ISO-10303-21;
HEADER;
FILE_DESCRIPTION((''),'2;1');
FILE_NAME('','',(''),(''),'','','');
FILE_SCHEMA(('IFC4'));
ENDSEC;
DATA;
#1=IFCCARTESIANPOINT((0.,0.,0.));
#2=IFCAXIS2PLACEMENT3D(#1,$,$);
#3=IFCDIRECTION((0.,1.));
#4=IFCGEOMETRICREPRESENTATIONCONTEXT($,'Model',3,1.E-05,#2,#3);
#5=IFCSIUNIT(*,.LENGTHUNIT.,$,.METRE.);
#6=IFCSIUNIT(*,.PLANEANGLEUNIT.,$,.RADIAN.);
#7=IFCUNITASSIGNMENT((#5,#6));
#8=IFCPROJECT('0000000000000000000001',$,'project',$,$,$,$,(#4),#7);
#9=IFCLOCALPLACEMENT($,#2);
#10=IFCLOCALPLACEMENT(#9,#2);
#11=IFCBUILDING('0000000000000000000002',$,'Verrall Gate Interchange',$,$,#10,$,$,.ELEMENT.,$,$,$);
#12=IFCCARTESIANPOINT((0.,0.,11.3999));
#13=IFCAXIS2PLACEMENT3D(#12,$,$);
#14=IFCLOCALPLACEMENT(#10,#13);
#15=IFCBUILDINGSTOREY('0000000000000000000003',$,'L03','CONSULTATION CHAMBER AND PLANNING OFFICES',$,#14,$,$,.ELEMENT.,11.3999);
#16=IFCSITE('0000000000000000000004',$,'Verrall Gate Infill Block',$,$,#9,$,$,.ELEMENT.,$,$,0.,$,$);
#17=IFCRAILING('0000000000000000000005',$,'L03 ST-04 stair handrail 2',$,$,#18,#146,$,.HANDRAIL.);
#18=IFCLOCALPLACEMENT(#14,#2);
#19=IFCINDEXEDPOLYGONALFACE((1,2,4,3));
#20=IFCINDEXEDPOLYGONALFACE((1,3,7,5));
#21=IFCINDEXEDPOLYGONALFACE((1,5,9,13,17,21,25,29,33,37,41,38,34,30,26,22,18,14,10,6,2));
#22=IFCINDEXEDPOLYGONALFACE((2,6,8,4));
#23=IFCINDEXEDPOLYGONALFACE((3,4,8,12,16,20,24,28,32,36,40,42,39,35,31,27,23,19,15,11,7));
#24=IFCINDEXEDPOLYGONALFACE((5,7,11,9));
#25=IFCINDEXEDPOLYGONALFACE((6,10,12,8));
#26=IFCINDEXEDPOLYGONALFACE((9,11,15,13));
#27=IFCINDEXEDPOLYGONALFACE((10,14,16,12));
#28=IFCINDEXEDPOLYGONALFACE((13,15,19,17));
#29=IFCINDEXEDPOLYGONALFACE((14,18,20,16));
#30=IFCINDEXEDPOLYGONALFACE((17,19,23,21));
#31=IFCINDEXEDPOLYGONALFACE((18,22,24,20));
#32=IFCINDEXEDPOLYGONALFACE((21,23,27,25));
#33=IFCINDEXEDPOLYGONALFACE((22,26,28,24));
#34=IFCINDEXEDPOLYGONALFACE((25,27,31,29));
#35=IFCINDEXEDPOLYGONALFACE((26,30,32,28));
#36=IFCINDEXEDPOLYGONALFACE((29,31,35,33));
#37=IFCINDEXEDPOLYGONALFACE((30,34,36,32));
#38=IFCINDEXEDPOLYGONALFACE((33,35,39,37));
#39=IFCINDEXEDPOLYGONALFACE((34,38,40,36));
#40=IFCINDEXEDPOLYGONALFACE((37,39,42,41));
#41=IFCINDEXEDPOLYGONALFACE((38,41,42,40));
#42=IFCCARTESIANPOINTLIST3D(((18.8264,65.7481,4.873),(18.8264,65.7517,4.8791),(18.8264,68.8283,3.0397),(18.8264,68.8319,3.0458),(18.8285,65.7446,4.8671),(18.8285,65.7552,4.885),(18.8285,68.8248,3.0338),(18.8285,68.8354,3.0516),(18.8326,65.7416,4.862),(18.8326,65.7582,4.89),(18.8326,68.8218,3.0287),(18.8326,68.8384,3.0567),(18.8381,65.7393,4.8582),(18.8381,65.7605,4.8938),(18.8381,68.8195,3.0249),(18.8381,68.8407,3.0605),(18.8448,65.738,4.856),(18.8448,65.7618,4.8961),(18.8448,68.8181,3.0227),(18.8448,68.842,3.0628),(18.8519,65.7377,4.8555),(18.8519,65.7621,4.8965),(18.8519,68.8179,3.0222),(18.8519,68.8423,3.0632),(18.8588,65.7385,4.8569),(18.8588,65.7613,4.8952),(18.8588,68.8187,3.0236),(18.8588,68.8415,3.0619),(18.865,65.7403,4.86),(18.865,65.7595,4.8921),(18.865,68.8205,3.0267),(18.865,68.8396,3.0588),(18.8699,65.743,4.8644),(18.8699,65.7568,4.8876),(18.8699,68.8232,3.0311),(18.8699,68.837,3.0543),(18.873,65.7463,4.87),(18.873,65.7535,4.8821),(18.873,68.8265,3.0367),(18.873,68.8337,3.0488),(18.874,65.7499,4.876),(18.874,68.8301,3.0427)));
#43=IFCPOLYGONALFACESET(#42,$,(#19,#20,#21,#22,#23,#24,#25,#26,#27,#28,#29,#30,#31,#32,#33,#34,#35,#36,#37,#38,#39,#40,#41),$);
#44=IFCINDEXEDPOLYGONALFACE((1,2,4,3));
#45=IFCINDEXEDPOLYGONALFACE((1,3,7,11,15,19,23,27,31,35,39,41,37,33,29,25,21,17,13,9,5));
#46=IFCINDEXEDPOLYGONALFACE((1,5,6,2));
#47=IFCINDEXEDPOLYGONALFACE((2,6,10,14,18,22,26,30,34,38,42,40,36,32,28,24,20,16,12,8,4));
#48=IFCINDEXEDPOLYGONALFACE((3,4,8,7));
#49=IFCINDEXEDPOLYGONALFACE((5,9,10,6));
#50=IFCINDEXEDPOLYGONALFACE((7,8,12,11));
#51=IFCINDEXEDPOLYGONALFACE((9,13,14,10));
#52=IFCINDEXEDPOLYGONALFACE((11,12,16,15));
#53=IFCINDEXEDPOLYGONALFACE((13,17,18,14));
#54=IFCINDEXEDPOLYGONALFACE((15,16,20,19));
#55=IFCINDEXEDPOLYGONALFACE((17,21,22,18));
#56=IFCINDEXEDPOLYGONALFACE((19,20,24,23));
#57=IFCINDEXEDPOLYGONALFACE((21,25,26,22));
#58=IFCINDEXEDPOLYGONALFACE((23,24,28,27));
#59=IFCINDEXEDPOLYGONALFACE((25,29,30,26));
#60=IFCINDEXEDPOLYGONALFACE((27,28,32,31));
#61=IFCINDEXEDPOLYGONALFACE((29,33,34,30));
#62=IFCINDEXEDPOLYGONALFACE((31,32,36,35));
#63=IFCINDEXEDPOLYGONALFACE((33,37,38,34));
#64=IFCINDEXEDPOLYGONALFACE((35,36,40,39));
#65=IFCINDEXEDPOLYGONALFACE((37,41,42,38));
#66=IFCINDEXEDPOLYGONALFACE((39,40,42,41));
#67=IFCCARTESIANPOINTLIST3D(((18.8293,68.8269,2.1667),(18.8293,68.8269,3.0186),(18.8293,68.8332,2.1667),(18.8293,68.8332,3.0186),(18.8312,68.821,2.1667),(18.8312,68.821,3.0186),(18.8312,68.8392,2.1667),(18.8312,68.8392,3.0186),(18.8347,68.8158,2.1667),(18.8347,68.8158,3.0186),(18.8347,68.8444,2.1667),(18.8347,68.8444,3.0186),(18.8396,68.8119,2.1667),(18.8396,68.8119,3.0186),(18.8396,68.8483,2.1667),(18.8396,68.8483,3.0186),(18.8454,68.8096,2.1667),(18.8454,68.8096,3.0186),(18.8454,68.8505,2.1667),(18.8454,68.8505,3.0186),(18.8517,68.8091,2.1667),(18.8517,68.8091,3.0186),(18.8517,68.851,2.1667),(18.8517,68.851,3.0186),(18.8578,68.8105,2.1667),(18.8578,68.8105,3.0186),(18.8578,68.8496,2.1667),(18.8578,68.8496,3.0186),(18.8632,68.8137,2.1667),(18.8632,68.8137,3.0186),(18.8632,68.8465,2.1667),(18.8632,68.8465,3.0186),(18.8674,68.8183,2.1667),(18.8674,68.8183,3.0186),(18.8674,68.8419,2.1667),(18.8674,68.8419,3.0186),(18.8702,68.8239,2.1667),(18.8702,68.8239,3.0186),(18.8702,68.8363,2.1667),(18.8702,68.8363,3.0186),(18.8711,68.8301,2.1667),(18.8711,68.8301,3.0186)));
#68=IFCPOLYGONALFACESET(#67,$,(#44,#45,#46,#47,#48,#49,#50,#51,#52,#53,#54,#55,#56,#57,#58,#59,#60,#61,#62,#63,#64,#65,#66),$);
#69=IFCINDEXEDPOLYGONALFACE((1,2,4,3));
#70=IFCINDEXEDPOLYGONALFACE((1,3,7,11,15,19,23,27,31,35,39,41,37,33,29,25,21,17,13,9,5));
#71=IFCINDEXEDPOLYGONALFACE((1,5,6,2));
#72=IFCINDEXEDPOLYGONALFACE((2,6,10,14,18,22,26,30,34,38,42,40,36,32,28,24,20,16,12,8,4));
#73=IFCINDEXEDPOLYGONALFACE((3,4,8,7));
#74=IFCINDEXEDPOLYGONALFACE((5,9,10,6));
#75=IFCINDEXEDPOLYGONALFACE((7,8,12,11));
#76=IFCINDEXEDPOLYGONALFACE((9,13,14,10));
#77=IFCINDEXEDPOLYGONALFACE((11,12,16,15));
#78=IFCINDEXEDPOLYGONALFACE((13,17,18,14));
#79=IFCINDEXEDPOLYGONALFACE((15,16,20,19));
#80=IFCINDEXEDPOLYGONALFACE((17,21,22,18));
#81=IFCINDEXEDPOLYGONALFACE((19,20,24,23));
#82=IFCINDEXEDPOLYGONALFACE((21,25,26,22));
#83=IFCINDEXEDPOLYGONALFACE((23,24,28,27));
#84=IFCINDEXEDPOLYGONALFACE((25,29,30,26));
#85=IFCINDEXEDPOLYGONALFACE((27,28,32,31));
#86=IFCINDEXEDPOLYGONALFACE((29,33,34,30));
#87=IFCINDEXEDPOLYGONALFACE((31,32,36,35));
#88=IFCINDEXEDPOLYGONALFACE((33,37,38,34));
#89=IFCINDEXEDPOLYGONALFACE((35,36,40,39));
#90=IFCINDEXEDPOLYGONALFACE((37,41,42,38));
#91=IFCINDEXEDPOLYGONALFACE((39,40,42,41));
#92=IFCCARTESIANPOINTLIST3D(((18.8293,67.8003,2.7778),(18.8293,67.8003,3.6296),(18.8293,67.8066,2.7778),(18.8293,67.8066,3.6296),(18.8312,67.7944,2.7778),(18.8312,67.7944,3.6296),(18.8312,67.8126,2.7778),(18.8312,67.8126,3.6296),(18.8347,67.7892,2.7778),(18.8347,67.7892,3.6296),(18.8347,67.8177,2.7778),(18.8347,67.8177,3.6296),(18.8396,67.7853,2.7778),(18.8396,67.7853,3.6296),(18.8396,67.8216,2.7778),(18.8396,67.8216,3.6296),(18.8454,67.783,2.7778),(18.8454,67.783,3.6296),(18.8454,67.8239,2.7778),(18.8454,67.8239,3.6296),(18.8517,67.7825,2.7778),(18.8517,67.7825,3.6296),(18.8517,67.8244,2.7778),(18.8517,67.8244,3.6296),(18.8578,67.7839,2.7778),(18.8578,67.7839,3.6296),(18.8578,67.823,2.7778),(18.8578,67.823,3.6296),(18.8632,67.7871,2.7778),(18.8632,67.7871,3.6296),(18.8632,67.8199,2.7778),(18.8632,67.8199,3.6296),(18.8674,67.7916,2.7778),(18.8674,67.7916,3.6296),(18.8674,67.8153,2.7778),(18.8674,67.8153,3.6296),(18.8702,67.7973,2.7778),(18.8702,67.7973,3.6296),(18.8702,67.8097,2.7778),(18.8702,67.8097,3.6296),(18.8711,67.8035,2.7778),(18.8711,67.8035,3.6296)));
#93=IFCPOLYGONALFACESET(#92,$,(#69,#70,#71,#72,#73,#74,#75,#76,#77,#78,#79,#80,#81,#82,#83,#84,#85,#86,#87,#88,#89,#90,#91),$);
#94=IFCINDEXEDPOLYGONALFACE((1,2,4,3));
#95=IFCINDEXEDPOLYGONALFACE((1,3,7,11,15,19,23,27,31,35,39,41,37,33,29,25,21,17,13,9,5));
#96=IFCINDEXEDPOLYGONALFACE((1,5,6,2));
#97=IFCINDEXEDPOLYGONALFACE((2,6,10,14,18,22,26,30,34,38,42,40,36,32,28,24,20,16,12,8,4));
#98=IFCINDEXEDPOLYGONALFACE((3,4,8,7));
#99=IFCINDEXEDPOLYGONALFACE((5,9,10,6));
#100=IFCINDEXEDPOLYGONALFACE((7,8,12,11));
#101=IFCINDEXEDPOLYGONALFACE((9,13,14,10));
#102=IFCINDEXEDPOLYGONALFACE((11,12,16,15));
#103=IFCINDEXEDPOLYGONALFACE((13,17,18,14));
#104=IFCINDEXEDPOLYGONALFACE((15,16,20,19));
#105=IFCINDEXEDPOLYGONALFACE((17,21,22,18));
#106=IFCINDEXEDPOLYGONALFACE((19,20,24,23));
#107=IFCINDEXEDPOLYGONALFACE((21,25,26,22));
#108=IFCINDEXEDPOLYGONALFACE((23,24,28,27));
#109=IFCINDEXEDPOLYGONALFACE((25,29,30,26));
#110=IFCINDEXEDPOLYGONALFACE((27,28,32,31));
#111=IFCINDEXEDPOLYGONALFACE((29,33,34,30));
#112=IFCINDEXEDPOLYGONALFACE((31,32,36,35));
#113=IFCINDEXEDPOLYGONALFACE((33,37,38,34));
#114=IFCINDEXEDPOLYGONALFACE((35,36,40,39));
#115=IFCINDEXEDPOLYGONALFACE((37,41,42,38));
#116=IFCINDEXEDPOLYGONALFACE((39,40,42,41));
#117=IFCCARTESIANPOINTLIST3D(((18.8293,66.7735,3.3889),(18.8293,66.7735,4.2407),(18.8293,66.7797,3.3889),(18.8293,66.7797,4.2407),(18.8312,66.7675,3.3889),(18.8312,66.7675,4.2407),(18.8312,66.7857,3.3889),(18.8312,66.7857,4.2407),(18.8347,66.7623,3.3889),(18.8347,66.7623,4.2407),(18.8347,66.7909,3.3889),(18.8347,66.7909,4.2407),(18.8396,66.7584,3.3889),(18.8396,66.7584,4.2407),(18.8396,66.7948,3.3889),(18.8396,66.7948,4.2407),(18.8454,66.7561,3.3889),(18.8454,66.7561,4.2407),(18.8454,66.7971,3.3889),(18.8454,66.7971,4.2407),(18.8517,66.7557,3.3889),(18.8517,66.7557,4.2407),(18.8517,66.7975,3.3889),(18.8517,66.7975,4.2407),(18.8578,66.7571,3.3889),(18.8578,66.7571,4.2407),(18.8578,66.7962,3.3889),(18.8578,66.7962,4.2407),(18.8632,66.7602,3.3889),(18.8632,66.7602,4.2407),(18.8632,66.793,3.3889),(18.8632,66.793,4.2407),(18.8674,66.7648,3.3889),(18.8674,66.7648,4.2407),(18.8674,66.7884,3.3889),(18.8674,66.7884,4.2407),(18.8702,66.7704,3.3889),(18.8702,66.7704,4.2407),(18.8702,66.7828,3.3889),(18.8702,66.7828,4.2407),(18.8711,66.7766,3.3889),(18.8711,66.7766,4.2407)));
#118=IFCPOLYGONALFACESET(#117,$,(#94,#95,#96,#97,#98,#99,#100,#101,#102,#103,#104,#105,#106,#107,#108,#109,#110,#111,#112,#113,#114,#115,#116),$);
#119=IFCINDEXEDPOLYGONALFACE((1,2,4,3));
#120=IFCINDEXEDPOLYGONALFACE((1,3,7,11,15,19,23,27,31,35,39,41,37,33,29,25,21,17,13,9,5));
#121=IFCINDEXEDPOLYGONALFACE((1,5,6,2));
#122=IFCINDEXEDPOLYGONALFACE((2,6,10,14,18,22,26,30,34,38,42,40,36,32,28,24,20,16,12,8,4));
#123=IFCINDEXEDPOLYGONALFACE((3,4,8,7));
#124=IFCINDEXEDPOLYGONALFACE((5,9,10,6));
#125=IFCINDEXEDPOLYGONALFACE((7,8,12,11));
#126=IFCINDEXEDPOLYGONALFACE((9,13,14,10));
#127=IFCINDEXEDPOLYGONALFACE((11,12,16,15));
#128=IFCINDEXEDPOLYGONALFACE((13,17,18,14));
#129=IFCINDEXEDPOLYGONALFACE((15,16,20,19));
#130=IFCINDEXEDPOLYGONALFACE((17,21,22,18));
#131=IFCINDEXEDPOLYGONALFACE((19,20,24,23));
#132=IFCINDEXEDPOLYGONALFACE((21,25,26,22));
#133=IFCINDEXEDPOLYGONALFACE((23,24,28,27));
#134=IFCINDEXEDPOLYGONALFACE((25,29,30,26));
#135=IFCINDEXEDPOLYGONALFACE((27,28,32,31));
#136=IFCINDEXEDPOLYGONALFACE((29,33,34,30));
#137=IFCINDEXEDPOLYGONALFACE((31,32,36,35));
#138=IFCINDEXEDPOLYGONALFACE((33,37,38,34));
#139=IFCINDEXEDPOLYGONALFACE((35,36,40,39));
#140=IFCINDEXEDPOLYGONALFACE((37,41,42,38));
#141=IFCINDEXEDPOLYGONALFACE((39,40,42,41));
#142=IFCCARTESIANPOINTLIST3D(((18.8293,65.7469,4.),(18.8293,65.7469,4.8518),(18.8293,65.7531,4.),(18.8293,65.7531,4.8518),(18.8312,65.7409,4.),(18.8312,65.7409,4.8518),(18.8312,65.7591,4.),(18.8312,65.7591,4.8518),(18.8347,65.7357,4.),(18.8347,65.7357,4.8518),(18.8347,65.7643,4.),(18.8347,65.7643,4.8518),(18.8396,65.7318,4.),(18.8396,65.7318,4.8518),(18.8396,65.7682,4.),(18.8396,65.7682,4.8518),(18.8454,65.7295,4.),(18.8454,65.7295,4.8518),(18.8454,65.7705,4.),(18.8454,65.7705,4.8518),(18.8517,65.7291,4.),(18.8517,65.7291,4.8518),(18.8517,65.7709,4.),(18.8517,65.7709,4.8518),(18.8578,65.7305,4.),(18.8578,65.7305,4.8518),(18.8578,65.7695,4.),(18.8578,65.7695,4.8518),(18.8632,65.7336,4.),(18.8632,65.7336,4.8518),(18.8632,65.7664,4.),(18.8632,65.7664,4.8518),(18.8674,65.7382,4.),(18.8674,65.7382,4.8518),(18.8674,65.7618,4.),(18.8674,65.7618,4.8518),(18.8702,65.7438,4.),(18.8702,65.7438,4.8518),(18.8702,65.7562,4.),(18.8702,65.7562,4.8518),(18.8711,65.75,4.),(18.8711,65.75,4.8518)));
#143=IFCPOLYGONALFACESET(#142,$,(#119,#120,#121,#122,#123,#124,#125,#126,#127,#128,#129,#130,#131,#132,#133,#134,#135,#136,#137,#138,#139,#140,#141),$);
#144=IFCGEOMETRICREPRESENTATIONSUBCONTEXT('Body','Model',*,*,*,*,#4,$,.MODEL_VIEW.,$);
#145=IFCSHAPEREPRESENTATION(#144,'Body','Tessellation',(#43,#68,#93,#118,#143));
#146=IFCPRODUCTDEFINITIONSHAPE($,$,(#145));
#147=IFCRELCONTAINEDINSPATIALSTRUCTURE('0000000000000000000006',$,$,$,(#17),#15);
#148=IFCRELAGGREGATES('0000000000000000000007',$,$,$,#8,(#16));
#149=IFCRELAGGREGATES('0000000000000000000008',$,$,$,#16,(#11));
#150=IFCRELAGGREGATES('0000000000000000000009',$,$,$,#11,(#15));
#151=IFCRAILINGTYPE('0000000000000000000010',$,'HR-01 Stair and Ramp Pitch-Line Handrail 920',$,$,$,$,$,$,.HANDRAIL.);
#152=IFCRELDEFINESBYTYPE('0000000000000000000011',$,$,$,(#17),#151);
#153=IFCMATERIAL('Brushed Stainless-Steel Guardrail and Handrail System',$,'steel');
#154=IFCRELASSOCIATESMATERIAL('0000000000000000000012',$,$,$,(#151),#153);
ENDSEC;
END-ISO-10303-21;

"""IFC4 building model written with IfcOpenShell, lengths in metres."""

from ifc_helpers import new_model, si_unit, direction, frame, origin, origin_2d, place, context, subcontext, project, spatial, circle, extrude, material, type_object, element, save


model = new_model("IFC4")

# Units and contexts
model_context = context("Model", 3, precision=1e-05, world=origin(), true_north=direction((0.0, 1.0)))
body_context = subcontext(model_context, "Body", "Model", "MODEL_VIEW")
ifc_project = project(units=[si_unit("LENGTHUNIT", "METRE"), si_unit("PLANEANGLEUNIT", "RADIAN")], contexts=[model_context])

# Site, building, storey
site_placement = place(None, origin())
site = spatial("IfcSite", under=ifc_project, at=site_placement, Name="Verrall Gate Infill Block", CompositionType="ELEMENT", RefElevation=0.0)
building_placement = place(site_placement, origin())
building = spatial("IfcBuilding", under=site, at=building_placement, Name="Verrall Gate Interchange", CompositionType="ELEMENT")
storey_placement = place(building_placement, frame((0.0, 0.0, 11.3999)))
storey = spatial("IfcBuildingStorey", under=building, at=storey_placement, Name="L03", Description="CONSULTATION CHAMBER AND PLANNING OFFICES", CompositionType="ELEMENT", Elevation=11.3999)

# Railing
ifc_material_1 = material(Name="Brushed Stainless-Steel Guardrail and Handrail System", Category="steel")
railing_type_1 = type_object("IfcRailingType", Name="HR-01 Stair and Ramp Pitch-Line Handrail 920", PredefinedType="HANDRAIL", material=ifc_material_1)
railing_1_placement = place(storey_placement, frame((18.8501, 68.8301, 2.1667)))
element("IfcRailing", 1, at=railing_1_placement, inside=storey, type_object=railing_type_1, Name="L03 ST-04 stair handrail 2", PredefinedType="HANDRAIL", context=body_context, shape_type="SweptSolid", body=[
    extrude(circle(Radius=0.0239, at=origin_2d()), frame((0.0, 0.0, 0.876), z_axis=(0.0, -0.859309, 0.511458), x_axis=(1.0, 0.0, 0.0)), (0.0, 0.0, 1.0), 3.5845),
    extrude(circle(Radius=0.021, at=origin_2d()), origin(), (0.0, 0.0, 1.0), 0.8518),
    extrude(circle(Radius=0.021, at=origin_2d()), frame((0.0, -1.0266, 0.6111)), (0.0, 0.0, 1.0), 0.8518),
    extrude(circle(Radius=0.021, at=origin_2d()), frame((0.0, -2.0535, 1.2222)), (0.0, 0.0, 1.0), 0.8518),
    extrude(circle(Radius=0.021, at=origin_2d()), frame((0.0, -3.0801, 1.8333)), (0.0, 0.0, 1.0), 0.8518),
])

save(model, "model.ifc")
